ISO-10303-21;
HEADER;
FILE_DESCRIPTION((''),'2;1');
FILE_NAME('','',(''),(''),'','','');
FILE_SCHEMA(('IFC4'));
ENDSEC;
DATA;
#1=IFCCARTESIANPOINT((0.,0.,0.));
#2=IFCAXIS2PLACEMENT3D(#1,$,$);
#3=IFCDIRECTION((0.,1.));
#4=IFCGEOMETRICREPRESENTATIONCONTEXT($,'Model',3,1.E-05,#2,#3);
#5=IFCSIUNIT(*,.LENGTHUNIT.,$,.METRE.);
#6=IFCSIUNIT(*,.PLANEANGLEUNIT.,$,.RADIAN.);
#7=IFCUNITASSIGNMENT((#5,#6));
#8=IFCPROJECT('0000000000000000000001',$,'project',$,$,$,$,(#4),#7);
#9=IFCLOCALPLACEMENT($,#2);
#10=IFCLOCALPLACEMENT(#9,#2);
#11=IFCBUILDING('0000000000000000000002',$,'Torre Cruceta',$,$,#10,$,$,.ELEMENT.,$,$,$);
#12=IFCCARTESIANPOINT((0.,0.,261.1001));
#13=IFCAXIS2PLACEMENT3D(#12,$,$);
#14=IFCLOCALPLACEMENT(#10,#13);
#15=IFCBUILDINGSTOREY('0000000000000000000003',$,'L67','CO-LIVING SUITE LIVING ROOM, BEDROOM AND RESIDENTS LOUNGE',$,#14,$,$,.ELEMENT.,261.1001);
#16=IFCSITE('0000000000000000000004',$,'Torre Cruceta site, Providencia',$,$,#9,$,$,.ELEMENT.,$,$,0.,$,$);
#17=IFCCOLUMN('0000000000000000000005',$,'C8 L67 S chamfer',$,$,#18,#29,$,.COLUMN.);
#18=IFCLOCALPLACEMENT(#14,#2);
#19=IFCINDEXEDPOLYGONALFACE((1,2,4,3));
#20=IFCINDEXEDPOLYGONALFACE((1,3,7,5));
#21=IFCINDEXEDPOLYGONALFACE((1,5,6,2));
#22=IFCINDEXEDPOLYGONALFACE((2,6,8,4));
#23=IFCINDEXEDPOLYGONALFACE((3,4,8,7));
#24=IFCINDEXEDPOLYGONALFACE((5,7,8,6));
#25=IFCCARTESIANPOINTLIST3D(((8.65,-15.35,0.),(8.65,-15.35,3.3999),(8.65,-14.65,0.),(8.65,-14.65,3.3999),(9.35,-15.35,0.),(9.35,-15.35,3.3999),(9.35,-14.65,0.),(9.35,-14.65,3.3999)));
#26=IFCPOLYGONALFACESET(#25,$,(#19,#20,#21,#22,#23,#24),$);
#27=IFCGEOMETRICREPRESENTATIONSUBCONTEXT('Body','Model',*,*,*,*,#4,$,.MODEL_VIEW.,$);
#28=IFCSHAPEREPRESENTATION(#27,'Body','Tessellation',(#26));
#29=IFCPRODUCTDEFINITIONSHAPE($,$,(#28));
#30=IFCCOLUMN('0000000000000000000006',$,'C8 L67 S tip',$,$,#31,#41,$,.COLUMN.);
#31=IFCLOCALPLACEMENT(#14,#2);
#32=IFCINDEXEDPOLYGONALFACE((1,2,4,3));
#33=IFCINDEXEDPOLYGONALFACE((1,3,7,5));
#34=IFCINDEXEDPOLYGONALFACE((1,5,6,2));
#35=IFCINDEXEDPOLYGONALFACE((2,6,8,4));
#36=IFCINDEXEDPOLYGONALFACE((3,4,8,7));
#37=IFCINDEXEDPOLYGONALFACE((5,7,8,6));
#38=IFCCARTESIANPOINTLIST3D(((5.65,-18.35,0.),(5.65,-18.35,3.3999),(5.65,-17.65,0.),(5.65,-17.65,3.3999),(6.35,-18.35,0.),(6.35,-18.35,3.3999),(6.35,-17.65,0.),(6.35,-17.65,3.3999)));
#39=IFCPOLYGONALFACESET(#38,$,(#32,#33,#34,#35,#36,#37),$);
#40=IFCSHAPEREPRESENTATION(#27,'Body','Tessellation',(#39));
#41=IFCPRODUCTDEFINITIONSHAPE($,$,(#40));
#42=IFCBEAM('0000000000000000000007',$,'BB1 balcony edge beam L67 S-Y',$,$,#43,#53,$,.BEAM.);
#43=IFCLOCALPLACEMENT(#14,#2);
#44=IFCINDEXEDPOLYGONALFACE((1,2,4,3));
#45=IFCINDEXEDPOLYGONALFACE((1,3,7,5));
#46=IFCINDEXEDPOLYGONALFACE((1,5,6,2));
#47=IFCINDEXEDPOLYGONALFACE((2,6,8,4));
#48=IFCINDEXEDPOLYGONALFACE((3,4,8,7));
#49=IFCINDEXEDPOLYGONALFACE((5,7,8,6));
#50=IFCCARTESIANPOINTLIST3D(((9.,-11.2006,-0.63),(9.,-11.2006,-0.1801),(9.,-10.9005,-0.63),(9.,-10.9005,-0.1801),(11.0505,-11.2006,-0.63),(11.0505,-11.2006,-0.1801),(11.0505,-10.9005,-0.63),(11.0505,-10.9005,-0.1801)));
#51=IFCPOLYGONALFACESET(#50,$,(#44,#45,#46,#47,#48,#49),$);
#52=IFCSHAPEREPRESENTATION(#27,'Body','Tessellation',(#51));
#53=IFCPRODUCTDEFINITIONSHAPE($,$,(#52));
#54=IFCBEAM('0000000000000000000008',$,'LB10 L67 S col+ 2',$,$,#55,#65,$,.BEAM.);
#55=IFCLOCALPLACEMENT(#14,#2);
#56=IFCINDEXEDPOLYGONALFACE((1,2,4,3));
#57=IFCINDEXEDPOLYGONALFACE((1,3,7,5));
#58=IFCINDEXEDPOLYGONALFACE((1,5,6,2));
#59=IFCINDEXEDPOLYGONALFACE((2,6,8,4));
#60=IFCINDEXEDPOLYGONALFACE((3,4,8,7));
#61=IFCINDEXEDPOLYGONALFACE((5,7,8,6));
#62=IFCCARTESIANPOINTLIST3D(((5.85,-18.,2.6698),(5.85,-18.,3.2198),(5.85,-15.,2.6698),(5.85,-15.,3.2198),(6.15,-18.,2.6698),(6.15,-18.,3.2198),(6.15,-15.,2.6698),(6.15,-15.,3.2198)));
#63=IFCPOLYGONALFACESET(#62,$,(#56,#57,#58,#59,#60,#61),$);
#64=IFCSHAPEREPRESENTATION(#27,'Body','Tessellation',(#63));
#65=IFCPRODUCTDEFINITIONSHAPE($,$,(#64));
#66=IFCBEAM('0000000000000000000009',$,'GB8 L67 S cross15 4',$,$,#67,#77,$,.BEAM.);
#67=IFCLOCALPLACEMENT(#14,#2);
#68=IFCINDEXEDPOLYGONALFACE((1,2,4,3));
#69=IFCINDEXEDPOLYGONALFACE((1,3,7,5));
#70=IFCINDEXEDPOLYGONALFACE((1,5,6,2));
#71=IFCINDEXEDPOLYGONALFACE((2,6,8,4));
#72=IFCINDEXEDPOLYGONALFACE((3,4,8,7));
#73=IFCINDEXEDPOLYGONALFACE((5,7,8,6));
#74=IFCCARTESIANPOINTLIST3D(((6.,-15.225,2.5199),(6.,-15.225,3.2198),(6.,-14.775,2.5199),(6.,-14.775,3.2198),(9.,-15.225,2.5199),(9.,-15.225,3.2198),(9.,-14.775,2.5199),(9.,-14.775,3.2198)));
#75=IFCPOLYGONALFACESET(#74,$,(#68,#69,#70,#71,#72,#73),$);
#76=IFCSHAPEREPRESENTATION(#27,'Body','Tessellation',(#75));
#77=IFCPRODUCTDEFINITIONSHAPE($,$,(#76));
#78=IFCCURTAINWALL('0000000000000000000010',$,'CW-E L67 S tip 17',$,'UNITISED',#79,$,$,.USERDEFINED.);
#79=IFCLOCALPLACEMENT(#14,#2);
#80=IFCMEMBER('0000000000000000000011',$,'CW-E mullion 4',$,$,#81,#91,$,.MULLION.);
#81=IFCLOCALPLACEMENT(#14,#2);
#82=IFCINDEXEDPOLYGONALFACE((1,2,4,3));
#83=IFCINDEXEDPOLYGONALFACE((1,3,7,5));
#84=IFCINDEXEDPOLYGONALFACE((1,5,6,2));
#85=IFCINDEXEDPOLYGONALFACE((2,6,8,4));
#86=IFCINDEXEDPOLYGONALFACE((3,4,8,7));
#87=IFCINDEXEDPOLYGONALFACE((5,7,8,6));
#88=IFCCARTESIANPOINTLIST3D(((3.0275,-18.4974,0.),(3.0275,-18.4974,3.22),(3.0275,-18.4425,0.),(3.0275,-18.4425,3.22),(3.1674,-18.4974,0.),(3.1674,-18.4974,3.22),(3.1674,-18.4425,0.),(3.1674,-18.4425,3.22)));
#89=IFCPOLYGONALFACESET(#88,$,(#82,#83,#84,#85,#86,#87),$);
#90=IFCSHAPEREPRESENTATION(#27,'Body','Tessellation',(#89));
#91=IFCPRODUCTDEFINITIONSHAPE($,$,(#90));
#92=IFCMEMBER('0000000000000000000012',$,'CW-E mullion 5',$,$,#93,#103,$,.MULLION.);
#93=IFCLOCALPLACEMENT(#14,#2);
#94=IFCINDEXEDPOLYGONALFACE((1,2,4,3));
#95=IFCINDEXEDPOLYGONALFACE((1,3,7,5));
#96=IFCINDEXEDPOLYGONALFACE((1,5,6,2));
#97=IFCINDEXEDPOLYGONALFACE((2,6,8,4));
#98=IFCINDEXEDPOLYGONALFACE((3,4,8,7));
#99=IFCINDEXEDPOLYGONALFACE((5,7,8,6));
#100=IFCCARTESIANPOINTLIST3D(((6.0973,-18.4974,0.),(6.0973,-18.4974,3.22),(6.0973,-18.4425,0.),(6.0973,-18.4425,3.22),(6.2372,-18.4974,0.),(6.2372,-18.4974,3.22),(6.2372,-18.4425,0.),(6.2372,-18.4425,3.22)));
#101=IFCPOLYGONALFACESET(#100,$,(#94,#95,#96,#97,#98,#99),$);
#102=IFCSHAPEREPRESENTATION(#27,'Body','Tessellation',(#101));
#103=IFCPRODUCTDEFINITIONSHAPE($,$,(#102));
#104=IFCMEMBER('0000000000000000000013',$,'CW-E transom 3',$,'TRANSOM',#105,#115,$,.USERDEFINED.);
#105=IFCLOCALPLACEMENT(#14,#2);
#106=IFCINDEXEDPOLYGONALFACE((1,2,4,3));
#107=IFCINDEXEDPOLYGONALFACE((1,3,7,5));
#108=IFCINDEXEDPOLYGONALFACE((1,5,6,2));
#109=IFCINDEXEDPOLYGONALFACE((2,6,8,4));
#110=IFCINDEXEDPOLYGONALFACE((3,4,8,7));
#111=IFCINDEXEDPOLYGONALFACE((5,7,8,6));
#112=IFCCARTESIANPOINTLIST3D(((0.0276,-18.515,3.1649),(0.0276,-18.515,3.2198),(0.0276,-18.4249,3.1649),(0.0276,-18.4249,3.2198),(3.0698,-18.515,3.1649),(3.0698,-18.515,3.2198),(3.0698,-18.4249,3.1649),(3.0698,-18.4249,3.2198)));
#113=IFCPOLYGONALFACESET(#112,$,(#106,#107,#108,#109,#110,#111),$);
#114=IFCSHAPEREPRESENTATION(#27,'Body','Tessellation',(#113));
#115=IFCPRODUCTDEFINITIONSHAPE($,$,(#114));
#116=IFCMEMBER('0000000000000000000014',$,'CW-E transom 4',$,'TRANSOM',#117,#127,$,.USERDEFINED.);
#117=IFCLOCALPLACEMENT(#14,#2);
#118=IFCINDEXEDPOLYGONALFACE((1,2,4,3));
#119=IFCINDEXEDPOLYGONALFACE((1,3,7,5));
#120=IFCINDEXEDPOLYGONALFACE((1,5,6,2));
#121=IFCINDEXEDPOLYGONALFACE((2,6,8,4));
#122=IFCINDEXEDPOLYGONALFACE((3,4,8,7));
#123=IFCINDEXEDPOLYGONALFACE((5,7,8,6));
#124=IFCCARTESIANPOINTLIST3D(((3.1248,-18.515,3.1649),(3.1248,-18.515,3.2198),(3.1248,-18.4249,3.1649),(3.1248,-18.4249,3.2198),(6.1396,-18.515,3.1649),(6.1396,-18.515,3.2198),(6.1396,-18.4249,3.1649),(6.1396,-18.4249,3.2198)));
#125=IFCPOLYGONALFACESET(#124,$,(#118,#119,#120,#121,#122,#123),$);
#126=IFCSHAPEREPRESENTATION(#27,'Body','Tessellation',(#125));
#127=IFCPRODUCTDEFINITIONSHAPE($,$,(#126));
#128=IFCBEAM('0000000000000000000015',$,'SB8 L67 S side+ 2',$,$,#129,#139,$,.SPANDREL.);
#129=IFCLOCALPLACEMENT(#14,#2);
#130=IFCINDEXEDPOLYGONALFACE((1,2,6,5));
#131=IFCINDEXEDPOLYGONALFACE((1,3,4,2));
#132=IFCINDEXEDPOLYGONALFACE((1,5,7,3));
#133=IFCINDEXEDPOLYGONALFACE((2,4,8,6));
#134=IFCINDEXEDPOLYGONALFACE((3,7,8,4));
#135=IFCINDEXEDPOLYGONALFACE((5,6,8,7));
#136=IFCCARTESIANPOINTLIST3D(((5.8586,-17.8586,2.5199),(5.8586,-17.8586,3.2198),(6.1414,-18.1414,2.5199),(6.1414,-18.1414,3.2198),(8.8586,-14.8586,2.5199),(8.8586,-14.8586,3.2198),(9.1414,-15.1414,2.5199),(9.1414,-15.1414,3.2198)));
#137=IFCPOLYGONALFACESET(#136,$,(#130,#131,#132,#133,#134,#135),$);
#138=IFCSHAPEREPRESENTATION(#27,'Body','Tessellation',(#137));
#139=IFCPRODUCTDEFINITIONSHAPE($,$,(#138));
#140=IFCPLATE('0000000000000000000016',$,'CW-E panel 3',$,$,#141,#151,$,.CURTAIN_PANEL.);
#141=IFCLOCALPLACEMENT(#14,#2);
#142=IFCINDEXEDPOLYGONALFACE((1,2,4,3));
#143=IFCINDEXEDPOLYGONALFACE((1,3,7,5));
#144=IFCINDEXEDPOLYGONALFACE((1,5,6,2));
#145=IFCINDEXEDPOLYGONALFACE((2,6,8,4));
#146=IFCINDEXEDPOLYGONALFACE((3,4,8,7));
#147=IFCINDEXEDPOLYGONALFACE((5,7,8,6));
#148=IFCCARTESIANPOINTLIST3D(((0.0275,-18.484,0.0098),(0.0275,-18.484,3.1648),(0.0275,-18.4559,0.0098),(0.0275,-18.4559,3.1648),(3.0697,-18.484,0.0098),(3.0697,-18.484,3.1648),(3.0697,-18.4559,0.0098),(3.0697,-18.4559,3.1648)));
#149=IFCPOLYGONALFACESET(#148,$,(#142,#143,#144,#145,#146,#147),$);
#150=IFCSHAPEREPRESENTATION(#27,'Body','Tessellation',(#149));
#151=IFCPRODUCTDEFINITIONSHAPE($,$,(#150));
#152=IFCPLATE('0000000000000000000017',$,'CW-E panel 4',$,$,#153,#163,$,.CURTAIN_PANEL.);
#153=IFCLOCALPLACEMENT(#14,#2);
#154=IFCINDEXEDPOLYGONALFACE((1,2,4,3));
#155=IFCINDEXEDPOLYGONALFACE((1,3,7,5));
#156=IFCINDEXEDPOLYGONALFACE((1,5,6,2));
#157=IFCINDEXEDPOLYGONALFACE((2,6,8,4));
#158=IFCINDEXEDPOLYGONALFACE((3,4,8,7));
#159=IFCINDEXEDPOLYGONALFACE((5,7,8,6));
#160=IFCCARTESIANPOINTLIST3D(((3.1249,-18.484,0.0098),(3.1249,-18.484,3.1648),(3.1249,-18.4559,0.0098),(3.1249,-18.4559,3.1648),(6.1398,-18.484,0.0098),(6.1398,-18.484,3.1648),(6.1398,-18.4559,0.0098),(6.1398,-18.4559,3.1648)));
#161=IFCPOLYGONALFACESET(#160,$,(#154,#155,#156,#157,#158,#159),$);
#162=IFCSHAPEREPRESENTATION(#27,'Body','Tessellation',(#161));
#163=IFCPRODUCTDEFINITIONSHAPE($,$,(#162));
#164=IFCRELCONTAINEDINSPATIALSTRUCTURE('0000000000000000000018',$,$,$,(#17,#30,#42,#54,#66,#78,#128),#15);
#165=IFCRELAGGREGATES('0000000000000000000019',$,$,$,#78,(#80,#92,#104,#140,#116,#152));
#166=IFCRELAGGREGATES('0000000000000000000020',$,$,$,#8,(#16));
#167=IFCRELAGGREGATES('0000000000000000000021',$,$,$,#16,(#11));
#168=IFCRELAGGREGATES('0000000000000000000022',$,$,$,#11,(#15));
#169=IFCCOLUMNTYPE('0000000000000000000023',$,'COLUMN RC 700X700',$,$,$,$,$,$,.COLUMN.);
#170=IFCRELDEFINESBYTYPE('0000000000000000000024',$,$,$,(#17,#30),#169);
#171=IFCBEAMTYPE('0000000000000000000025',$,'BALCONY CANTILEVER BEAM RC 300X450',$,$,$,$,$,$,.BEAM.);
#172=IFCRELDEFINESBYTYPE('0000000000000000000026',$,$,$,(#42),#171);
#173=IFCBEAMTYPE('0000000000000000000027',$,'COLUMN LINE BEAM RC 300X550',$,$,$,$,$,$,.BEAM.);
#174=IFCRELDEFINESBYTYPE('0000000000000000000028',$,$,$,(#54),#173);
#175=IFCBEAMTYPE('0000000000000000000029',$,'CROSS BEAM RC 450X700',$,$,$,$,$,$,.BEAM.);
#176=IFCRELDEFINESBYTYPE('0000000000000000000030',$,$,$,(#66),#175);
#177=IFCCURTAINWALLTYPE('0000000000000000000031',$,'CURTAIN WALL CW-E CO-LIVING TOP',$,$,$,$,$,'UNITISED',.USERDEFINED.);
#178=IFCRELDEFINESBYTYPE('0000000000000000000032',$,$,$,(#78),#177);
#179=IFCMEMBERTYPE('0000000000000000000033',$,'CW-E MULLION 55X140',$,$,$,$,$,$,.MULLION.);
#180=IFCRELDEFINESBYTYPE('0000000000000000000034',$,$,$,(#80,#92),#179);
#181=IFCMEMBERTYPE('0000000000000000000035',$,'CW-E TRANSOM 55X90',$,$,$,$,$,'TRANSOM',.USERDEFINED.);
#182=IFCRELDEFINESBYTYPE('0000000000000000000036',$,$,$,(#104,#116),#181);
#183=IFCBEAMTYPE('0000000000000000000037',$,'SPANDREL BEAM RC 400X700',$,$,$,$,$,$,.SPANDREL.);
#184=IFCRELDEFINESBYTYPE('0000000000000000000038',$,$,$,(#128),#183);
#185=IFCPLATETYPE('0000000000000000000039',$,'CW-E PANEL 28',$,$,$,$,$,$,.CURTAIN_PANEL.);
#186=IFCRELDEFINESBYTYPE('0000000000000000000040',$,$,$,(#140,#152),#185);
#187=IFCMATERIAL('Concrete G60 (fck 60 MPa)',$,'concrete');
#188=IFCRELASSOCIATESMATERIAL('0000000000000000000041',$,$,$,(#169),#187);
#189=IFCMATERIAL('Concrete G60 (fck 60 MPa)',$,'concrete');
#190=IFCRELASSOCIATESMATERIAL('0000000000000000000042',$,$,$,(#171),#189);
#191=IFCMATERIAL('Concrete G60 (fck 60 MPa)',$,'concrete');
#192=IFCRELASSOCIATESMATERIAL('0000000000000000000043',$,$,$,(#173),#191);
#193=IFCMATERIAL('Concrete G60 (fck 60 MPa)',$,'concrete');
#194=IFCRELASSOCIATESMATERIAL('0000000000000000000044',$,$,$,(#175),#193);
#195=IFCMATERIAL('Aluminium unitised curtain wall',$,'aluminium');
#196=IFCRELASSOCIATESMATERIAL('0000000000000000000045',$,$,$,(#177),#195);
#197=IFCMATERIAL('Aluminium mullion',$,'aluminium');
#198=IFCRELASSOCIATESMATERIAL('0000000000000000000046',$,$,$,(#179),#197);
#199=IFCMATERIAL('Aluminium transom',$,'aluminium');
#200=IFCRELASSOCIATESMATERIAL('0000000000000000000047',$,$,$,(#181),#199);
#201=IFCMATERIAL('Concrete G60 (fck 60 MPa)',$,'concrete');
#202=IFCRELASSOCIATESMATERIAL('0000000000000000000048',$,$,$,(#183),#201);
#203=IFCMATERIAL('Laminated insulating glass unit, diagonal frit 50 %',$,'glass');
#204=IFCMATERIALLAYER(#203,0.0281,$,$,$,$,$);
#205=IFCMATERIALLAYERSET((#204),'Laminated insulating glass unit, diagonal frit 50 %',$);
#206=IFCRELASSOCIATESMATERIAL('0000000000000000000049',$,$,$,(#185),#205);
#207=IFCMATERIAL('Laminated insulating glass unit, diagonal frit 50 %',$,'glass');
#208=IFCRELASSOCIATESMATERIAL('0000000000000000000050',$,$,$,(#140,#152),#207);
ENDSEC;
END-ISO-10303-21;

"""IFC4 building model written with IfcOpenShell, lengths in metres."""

from ifc_helpers import new_model, si_unit, direction, frame, origin, origin_2d, place, context, subcontext, project, spatial, rectangle, extrude, material, layer, layer_set, material_profile, profile_set, type_object, element, aggregate, save


model = new_model("IFC4")

# Units and contexts
model_context = context("Model", 3, precision=1e-05, world=origin(), true_north=direction((0.0, 1.0)))
body_context = subcontext(model_context, "Body", "Model", "MODEL_VIEW")
ifc_project = project(units=[si_unit("LENGTHUNIT", "METRE"), si_unit("PLANEANGLEUNIT", "RADIAN")], contexts=[model_context])

# Site, building, storey
site_placement = place(None, origin())
site = spatial("IfcSite", under=ifc_project, at=site_placement, Name="Torre Cruceta site, Providencia", CompositionType="ELEMENT", RefElevation=0.0)
building_placement = place(site_placement, origin())
building = spatial("IfcBuilding", under=site, at=building_placement, Name="Torre Cruceta", CompositionType="ELEMENT")
storey_placement = place(building_placement, frame((0.0, 0.0, 261.1001)))
storey = spatial("IfcBuildingStorey", under=building, at=storey_placement, Name="L67", Description="CO-LIVING SUITE LIVING ROOM, BEDROOM AND RESIDENTS LOUNGE", CompositionType="ELEMENT", Elevation=261.1001)

# Columns
ifc_material_1 = material(Name="Concrete G60 (fck 60 MPa)", Category="concrete")
ifc_material_profile_1 = material_profile(ifc_material_1, rectangle(XDim=0.7, YDim=0.7, at=origin_2d()), Name="RC 700X700")
ifc_profile_set_1 = profile_set([ifc_material_profile_1], Name="Concrete G60 (fck 60 MPa)")
column_type = type_object("IfcColumnType", Name="COLUMN RC 700X700", PredefinedType="COLUMN", material=ifc_profile_set_1)
for number, where, z_axis, x_axis, name in (
    (1, (9.0, -15.0, 0.0), (0.0, 0.0, 1.0), (1.0, 0.0, 0.0), "C8 L67 S chamfer"),
    (2, (6.0, -18.0, 0.0), (0.0, 0.0, 1.0), (1.0, 0.0, 0.0), "C8 L67 S tip"),
):
    element("IfcColumn", number, at=place(storey_placement, frame(where, z_axis=z_axis, x_axis=x_axis)), inside=storey, type_object=column_type, Name=name, PredefinedType="COLUMN", context=body_context, shape_type="SweptSolid", body=[
        extrude(rectangle(XDim=0.7, YDim=0.7, at=origin_2d()), origin(), (0.0, 0.0, 1.0), 3.3999),
    ])

# Beams
ifc_material_2 = material(Name="Concrete G60 (fck 60 MPa)", Category="concrete")
ifc_material_profile_2 = material_profile(ifc_material_2, rectangle(XDim=0.3, YDim=0.45, at=origin_2d()), Name="RC 300X450")
ifc_profile_set_2 = profile_set([ifc_material_profile_2], Name="Concrete G60 (fck 60 MPa)")
beam_type_1 = type_object("IfcBeamType", Name="BALCONY CANTILEVER BEAM RC 300X450", PredefinedType="BEAM", material=ifc_profile_set_2)
beam_1_placement = place(storey_placement, frame((9.0, -11.0505, -0.405), z_axis=(1.0, 0.0, 0.0), x_axis=(0.0, 1.0, 0.0)))
element("IfcBeam", 3, at=beam_1_placement, inside=storey, type_object=beam_type_1, Name="BB1 balcony edge beam L67 S-Y", PredefinedType="BEAM", context=body_context, shape_type="SweptSolid", body=[
    extrude(rectangle(XDim=0.3, YDim=0.45, at=origin_2d()), origin(), (0.0, 0.0, 1.0), 2.0505),
])
ifc_material_3 = material(Name="Concrete G60 (fck 60 MPa)", Category="concrete")
ifc_material_profile_3 = material_profile(ifc_material_3, rectangle(XDim=0.3, YDim=0.55, at=origin_2d()), Name="RC 300X550")
ifc_profile_set_3 = profile_set([ifc_material_profile_3], Name="Concrete G60 (fck 60 MPa)")
beam_type_2 = type_object("IfcBeamType", Name="COLUMN LINE BEAM RC 300X550", PredefinedType="BEAM", material=ifc_profile_set_3)
beam_2_placement = place(storey_placement, frame((6.0, -15.0, 2.9448), z_axis=(0.0, -1.0, 0.0), x_axis=(1.0, 0.0, 0.0)))
element("IfcBeam", 4, at=beam_2_placement, inside=storey, type_object=beam_type_2, Name="LB10 L67 S col+ 2", PredefinedType="BEAM", context=body_context, shape_type="SweptSolid", body=[
    extrude(rectangle(XDim=0.3, YDim=0.55, at=origin_2d()), origin(), (0.0, 0.0, 1.0), 3.0),
])
ifc_material_4 = material(Name="Concrete G60 (fck 60 MPa)", Category="concrete")
ifc_material_profile_4 = material_profile(ifc_material_4, rectangle(XDim=0.45, YDim=0.7, at=origin_2d()), Name="RC 450X700")
ifc_profile_set_4 = profile_set([ifc_material_profile_4], Name="Concrete G60 (fck 60 MPa)")
beam_type_3 = type_object("IfcBeamType", Name="CROSS BEAM RC 450X700", PredefinedType="BEAM", material=ifc_profile_set_4)
beam_3_placement = place(storey_placement, frame((6.0, -15.0, 2.8699), z_axis=(1.0, 0.0, 0.0), x_axis=(0.0, 1.0, 0.0)))
element("IfcBeam", 5, at=beam_3_placement, inside=storey, type_object=beam_type_3, Name="GB8 L67 S cross15 4", PredefinedType="BEAM", context=body_context, shape_type="SweptSolid", body=[
    extrude(rectangle(XDim=0.45, YDim=0.7, at=origin_2d()), origin(), (0.0, 0.0, 1.0), 3.0),
])

# Curtain wall, members
ifc_material_5 = material(Name="Aluminium unitised curtain wall", Category="aluminium")
curtain_wall_type = type_object("IfcCurtainWallType", Name="CURTAIN WALL CW-E CO-LIVING TOP", ElementType="UNITISED", PredefinedType="USERDEFINED", material=ifc_material_5)
curtain_wall_placement = place(storey_placement, origin())
curtain_wall = element("IfcCurtainWall", 6, at=curtain_wall_placement, inside=storey, type_object=curtain_wall_type, Name="CW-E L67 S tip 17", ObjectType="UNITISED", PredefinedType="USERDEFINED")
ifc_material_6 = material(Name="Aluminium mullion", Category="aluminium")
ifc_material_profile_5 = material_profile(ifc_material_6, rectangle(XDim=0.0549, YDim=0.1399, at=origin_2d()), Name="AL 55X140")
ifc_profile_set_5 = profile_set([ifc_material_profile_5], Name="Aluminium mullion")
member_type_1 = type_object("IfcMemberType", Name="CW-E MULLION 55X140", PredefinedType="MULLION", material=ifc_profile_set_5)
member_1_placement = place(storey_placement, frame((3.0974, -18.47, 0.0), z_axis=(0.0, 0.0, 1.0), x_axis=(0.0, 1.0, 0.0)))
member_1 = element("IfcMember", 7, at=member_1_placement, type_object=member_type_1, Name="CW-E mullion 4", PredefinedType="MULLION", context=body_context, shape_type="SweptSolid", body=[
    extrude(rectangle(XDim=0.0549, YDim=0.1399, at=origin_2d()), origin(), (0.0, 0.0, 1.0), 3.22),
])
member_2_placement = place(storey_placement, frame((6.1672, -18.47, 0.0), z_axis=(0.0, 0.0, 1.0), x_axis=(0.0, 1.0, 0.0)))
member_2 = element("IfcMember", 8, at=member_2_placement, type_object=member_type_1, Name="CW-E mullion 5", PredefinedType="MULLION", context=body_context, shape_type="SweptSolid", body=[
    extrude(rectangle(XDim=0.0549, YDim=0.1399, at=origin_2d()), origin(), (0.0, 0.0, 1.0), 3.22),
])
ifc_material_7 = material(Name="Aluminium transom", Category="aluminium")
ifc_material_profile_6 = material_profile(ifc_material_7, rectangle(XDim=0.0901, YDim=0.0549, at=origin_2d()), Name="AL 90X55")
ifc_profile_set_6 = profile_set([ifc_material_profile_6], Name="Aluminium transom")
member_type_2 = type_object("IfcMemberType", Name="CW-E TRANSOM 55X90", ElementType="TRANSOM", PredefinedType="USERDEFINED", material=ifc_profile_set_6)
member_3_placement = place(storey_placement, frame((0.0276, -18.47, 3.1924), z_axis=(1.0, 0.0, 0.0), x_axis=(0.0, 1.0, 0.0)))
member_3 = element("IfcMember", 9, at=member_3_placement, type_object=member_type_2, Name="CW-E transom 3", ObjectType="TRANSOM", PredefinedType="USERDEFINED", context=body_context, shape_type="SweptSolid", body=[
    extrude(rectangle(XDim=0.0901, YDim=0.0549, at=origin_2d()), origin(), (0.0, 0.0, 1.0), 3.0422),
])
member_4_placement = place(storey_placement, frame((3.1248, -18.47, 3.1924), z_axis=(1.0, 0.0, 0.0), x_axis=(0.0, 1.0, 0.0)))
member_4 = element("IfcMember", 10, at=member_4_placement, type_object=member_type_2, Name="CW-E transom 4", ObjectType="TRANSOM", PredefinedType="USERDEFINED", context=body_context, shape_type="SweptSolid", body=[
    extrude(rectangle(XDim=0.0901, YDim=0.0549, at=origin_2d()), origin(), (0.0, 0.0, 1.0), 3.0149),
])

# Beam
ifc_material_8 = material(Name="Concrete G60 (fck 60 MPa)", Category="concrete")
ifc_material_profile_7 = material_profile(ifc_material_8, rectangle(XDim=0.3999, YDim=0.7, at=origin_2d()), Name="RC 400X700")
ifc_profile_set_7 = profile_set([ifc_material_profile_7], Name="Concrete G60 (fck 60 MPa)")
beam_type_4 = type_object("IfcBeamType", Name="SPANDREL BEAM RC 400X700", PredefinedType="SPANDREL", material=ifc_profile_set_7)
beam_4_placement = place(storey_placement, frame((9.0, -15.0, 2.8699), z_axis=(-0.707107, -0.707107, 0.0), x_axis=(0.707107, -0.707107, 0.0)))
element("IfcBeam", 11, at=beam_4_placement, inside=storey, type_object=beam_type_4, Name="SB8 L67 S side+ 2", PredefinedType="SPANDREL", context=body_context, shape_type="SweptSolid", body=[
    extrude(rectangle(XDim=0.3999, YDim=0.7, at=origin_2d()), origin(), (0.0, 0.0, 1.0), 4.2427),
])

# Plates
ifc_material_9 = material(Name="Laminated insulating glass unit, diagonal frit 50 %", Category="glass")
ifc_material_10 = material(Name="Laminated insulating glass unit, diagonal frit 50 %", Category="glass")
ifc_layer_1 = layer(ifc_material_10, 0.0281)
ifc_layer_set_1 = layer_set([ifc_layer_1], Name="Laminated insulating glass unit, diagonal frit 50 %")
plate_type = type_object("IfcPlateType", Name="CW-E PANEL 28", PredefinedType="CURTAIN_PANEL", material=ifc_layer_set_1)
plate_1_placement = place(storey_placement, frame((1.5486, -18.47, 0.0098), z_axis=(0.0, 0.0, 1.0), x_axis=(1.0, 0.0, 0.0)))
plate_1 = element("IfcPlate", 12, at=plate_1_placement, type_object=plate_type, material=ifc_material_9, Name="CW-E panel 3", PredefinedType="CURTAIN_PANEL", context=body_context, shape_type="SweptSolid", body=[
    extrude(rectangle(XDim=3.0422, YDim=0.0281, at=origin_2d()), origin(), (0.0, 0.0, 1.0), 3.155),
])
plate_2_placement = place(storey_placement, frame((4.6323, -18.47, 0.0098), z_axis=(0.0, 0.0, 1.0), x_axis=(1.0, 0.0, 0.0)))
plate_2 = element("IfcPlate", 13, at=plate_2_placement, type_object=plate_type, material=ifc_material_9, Name="CW-E panel 4", PredefinedType="CURTAIN_PANEL", context=body_context, shape_type="SweptSolid", body=[
    extrude(rectangle(XDim=3.0149, YDim=0.0281, at=origin_2d()), origin(), (0.0, 0.0, 1.0), 3.155),
])
aggregate(curtain_wall, [member_1, member_2, member_3, plate_1, member_4, plate_2])

save(model, "model.ifc")
